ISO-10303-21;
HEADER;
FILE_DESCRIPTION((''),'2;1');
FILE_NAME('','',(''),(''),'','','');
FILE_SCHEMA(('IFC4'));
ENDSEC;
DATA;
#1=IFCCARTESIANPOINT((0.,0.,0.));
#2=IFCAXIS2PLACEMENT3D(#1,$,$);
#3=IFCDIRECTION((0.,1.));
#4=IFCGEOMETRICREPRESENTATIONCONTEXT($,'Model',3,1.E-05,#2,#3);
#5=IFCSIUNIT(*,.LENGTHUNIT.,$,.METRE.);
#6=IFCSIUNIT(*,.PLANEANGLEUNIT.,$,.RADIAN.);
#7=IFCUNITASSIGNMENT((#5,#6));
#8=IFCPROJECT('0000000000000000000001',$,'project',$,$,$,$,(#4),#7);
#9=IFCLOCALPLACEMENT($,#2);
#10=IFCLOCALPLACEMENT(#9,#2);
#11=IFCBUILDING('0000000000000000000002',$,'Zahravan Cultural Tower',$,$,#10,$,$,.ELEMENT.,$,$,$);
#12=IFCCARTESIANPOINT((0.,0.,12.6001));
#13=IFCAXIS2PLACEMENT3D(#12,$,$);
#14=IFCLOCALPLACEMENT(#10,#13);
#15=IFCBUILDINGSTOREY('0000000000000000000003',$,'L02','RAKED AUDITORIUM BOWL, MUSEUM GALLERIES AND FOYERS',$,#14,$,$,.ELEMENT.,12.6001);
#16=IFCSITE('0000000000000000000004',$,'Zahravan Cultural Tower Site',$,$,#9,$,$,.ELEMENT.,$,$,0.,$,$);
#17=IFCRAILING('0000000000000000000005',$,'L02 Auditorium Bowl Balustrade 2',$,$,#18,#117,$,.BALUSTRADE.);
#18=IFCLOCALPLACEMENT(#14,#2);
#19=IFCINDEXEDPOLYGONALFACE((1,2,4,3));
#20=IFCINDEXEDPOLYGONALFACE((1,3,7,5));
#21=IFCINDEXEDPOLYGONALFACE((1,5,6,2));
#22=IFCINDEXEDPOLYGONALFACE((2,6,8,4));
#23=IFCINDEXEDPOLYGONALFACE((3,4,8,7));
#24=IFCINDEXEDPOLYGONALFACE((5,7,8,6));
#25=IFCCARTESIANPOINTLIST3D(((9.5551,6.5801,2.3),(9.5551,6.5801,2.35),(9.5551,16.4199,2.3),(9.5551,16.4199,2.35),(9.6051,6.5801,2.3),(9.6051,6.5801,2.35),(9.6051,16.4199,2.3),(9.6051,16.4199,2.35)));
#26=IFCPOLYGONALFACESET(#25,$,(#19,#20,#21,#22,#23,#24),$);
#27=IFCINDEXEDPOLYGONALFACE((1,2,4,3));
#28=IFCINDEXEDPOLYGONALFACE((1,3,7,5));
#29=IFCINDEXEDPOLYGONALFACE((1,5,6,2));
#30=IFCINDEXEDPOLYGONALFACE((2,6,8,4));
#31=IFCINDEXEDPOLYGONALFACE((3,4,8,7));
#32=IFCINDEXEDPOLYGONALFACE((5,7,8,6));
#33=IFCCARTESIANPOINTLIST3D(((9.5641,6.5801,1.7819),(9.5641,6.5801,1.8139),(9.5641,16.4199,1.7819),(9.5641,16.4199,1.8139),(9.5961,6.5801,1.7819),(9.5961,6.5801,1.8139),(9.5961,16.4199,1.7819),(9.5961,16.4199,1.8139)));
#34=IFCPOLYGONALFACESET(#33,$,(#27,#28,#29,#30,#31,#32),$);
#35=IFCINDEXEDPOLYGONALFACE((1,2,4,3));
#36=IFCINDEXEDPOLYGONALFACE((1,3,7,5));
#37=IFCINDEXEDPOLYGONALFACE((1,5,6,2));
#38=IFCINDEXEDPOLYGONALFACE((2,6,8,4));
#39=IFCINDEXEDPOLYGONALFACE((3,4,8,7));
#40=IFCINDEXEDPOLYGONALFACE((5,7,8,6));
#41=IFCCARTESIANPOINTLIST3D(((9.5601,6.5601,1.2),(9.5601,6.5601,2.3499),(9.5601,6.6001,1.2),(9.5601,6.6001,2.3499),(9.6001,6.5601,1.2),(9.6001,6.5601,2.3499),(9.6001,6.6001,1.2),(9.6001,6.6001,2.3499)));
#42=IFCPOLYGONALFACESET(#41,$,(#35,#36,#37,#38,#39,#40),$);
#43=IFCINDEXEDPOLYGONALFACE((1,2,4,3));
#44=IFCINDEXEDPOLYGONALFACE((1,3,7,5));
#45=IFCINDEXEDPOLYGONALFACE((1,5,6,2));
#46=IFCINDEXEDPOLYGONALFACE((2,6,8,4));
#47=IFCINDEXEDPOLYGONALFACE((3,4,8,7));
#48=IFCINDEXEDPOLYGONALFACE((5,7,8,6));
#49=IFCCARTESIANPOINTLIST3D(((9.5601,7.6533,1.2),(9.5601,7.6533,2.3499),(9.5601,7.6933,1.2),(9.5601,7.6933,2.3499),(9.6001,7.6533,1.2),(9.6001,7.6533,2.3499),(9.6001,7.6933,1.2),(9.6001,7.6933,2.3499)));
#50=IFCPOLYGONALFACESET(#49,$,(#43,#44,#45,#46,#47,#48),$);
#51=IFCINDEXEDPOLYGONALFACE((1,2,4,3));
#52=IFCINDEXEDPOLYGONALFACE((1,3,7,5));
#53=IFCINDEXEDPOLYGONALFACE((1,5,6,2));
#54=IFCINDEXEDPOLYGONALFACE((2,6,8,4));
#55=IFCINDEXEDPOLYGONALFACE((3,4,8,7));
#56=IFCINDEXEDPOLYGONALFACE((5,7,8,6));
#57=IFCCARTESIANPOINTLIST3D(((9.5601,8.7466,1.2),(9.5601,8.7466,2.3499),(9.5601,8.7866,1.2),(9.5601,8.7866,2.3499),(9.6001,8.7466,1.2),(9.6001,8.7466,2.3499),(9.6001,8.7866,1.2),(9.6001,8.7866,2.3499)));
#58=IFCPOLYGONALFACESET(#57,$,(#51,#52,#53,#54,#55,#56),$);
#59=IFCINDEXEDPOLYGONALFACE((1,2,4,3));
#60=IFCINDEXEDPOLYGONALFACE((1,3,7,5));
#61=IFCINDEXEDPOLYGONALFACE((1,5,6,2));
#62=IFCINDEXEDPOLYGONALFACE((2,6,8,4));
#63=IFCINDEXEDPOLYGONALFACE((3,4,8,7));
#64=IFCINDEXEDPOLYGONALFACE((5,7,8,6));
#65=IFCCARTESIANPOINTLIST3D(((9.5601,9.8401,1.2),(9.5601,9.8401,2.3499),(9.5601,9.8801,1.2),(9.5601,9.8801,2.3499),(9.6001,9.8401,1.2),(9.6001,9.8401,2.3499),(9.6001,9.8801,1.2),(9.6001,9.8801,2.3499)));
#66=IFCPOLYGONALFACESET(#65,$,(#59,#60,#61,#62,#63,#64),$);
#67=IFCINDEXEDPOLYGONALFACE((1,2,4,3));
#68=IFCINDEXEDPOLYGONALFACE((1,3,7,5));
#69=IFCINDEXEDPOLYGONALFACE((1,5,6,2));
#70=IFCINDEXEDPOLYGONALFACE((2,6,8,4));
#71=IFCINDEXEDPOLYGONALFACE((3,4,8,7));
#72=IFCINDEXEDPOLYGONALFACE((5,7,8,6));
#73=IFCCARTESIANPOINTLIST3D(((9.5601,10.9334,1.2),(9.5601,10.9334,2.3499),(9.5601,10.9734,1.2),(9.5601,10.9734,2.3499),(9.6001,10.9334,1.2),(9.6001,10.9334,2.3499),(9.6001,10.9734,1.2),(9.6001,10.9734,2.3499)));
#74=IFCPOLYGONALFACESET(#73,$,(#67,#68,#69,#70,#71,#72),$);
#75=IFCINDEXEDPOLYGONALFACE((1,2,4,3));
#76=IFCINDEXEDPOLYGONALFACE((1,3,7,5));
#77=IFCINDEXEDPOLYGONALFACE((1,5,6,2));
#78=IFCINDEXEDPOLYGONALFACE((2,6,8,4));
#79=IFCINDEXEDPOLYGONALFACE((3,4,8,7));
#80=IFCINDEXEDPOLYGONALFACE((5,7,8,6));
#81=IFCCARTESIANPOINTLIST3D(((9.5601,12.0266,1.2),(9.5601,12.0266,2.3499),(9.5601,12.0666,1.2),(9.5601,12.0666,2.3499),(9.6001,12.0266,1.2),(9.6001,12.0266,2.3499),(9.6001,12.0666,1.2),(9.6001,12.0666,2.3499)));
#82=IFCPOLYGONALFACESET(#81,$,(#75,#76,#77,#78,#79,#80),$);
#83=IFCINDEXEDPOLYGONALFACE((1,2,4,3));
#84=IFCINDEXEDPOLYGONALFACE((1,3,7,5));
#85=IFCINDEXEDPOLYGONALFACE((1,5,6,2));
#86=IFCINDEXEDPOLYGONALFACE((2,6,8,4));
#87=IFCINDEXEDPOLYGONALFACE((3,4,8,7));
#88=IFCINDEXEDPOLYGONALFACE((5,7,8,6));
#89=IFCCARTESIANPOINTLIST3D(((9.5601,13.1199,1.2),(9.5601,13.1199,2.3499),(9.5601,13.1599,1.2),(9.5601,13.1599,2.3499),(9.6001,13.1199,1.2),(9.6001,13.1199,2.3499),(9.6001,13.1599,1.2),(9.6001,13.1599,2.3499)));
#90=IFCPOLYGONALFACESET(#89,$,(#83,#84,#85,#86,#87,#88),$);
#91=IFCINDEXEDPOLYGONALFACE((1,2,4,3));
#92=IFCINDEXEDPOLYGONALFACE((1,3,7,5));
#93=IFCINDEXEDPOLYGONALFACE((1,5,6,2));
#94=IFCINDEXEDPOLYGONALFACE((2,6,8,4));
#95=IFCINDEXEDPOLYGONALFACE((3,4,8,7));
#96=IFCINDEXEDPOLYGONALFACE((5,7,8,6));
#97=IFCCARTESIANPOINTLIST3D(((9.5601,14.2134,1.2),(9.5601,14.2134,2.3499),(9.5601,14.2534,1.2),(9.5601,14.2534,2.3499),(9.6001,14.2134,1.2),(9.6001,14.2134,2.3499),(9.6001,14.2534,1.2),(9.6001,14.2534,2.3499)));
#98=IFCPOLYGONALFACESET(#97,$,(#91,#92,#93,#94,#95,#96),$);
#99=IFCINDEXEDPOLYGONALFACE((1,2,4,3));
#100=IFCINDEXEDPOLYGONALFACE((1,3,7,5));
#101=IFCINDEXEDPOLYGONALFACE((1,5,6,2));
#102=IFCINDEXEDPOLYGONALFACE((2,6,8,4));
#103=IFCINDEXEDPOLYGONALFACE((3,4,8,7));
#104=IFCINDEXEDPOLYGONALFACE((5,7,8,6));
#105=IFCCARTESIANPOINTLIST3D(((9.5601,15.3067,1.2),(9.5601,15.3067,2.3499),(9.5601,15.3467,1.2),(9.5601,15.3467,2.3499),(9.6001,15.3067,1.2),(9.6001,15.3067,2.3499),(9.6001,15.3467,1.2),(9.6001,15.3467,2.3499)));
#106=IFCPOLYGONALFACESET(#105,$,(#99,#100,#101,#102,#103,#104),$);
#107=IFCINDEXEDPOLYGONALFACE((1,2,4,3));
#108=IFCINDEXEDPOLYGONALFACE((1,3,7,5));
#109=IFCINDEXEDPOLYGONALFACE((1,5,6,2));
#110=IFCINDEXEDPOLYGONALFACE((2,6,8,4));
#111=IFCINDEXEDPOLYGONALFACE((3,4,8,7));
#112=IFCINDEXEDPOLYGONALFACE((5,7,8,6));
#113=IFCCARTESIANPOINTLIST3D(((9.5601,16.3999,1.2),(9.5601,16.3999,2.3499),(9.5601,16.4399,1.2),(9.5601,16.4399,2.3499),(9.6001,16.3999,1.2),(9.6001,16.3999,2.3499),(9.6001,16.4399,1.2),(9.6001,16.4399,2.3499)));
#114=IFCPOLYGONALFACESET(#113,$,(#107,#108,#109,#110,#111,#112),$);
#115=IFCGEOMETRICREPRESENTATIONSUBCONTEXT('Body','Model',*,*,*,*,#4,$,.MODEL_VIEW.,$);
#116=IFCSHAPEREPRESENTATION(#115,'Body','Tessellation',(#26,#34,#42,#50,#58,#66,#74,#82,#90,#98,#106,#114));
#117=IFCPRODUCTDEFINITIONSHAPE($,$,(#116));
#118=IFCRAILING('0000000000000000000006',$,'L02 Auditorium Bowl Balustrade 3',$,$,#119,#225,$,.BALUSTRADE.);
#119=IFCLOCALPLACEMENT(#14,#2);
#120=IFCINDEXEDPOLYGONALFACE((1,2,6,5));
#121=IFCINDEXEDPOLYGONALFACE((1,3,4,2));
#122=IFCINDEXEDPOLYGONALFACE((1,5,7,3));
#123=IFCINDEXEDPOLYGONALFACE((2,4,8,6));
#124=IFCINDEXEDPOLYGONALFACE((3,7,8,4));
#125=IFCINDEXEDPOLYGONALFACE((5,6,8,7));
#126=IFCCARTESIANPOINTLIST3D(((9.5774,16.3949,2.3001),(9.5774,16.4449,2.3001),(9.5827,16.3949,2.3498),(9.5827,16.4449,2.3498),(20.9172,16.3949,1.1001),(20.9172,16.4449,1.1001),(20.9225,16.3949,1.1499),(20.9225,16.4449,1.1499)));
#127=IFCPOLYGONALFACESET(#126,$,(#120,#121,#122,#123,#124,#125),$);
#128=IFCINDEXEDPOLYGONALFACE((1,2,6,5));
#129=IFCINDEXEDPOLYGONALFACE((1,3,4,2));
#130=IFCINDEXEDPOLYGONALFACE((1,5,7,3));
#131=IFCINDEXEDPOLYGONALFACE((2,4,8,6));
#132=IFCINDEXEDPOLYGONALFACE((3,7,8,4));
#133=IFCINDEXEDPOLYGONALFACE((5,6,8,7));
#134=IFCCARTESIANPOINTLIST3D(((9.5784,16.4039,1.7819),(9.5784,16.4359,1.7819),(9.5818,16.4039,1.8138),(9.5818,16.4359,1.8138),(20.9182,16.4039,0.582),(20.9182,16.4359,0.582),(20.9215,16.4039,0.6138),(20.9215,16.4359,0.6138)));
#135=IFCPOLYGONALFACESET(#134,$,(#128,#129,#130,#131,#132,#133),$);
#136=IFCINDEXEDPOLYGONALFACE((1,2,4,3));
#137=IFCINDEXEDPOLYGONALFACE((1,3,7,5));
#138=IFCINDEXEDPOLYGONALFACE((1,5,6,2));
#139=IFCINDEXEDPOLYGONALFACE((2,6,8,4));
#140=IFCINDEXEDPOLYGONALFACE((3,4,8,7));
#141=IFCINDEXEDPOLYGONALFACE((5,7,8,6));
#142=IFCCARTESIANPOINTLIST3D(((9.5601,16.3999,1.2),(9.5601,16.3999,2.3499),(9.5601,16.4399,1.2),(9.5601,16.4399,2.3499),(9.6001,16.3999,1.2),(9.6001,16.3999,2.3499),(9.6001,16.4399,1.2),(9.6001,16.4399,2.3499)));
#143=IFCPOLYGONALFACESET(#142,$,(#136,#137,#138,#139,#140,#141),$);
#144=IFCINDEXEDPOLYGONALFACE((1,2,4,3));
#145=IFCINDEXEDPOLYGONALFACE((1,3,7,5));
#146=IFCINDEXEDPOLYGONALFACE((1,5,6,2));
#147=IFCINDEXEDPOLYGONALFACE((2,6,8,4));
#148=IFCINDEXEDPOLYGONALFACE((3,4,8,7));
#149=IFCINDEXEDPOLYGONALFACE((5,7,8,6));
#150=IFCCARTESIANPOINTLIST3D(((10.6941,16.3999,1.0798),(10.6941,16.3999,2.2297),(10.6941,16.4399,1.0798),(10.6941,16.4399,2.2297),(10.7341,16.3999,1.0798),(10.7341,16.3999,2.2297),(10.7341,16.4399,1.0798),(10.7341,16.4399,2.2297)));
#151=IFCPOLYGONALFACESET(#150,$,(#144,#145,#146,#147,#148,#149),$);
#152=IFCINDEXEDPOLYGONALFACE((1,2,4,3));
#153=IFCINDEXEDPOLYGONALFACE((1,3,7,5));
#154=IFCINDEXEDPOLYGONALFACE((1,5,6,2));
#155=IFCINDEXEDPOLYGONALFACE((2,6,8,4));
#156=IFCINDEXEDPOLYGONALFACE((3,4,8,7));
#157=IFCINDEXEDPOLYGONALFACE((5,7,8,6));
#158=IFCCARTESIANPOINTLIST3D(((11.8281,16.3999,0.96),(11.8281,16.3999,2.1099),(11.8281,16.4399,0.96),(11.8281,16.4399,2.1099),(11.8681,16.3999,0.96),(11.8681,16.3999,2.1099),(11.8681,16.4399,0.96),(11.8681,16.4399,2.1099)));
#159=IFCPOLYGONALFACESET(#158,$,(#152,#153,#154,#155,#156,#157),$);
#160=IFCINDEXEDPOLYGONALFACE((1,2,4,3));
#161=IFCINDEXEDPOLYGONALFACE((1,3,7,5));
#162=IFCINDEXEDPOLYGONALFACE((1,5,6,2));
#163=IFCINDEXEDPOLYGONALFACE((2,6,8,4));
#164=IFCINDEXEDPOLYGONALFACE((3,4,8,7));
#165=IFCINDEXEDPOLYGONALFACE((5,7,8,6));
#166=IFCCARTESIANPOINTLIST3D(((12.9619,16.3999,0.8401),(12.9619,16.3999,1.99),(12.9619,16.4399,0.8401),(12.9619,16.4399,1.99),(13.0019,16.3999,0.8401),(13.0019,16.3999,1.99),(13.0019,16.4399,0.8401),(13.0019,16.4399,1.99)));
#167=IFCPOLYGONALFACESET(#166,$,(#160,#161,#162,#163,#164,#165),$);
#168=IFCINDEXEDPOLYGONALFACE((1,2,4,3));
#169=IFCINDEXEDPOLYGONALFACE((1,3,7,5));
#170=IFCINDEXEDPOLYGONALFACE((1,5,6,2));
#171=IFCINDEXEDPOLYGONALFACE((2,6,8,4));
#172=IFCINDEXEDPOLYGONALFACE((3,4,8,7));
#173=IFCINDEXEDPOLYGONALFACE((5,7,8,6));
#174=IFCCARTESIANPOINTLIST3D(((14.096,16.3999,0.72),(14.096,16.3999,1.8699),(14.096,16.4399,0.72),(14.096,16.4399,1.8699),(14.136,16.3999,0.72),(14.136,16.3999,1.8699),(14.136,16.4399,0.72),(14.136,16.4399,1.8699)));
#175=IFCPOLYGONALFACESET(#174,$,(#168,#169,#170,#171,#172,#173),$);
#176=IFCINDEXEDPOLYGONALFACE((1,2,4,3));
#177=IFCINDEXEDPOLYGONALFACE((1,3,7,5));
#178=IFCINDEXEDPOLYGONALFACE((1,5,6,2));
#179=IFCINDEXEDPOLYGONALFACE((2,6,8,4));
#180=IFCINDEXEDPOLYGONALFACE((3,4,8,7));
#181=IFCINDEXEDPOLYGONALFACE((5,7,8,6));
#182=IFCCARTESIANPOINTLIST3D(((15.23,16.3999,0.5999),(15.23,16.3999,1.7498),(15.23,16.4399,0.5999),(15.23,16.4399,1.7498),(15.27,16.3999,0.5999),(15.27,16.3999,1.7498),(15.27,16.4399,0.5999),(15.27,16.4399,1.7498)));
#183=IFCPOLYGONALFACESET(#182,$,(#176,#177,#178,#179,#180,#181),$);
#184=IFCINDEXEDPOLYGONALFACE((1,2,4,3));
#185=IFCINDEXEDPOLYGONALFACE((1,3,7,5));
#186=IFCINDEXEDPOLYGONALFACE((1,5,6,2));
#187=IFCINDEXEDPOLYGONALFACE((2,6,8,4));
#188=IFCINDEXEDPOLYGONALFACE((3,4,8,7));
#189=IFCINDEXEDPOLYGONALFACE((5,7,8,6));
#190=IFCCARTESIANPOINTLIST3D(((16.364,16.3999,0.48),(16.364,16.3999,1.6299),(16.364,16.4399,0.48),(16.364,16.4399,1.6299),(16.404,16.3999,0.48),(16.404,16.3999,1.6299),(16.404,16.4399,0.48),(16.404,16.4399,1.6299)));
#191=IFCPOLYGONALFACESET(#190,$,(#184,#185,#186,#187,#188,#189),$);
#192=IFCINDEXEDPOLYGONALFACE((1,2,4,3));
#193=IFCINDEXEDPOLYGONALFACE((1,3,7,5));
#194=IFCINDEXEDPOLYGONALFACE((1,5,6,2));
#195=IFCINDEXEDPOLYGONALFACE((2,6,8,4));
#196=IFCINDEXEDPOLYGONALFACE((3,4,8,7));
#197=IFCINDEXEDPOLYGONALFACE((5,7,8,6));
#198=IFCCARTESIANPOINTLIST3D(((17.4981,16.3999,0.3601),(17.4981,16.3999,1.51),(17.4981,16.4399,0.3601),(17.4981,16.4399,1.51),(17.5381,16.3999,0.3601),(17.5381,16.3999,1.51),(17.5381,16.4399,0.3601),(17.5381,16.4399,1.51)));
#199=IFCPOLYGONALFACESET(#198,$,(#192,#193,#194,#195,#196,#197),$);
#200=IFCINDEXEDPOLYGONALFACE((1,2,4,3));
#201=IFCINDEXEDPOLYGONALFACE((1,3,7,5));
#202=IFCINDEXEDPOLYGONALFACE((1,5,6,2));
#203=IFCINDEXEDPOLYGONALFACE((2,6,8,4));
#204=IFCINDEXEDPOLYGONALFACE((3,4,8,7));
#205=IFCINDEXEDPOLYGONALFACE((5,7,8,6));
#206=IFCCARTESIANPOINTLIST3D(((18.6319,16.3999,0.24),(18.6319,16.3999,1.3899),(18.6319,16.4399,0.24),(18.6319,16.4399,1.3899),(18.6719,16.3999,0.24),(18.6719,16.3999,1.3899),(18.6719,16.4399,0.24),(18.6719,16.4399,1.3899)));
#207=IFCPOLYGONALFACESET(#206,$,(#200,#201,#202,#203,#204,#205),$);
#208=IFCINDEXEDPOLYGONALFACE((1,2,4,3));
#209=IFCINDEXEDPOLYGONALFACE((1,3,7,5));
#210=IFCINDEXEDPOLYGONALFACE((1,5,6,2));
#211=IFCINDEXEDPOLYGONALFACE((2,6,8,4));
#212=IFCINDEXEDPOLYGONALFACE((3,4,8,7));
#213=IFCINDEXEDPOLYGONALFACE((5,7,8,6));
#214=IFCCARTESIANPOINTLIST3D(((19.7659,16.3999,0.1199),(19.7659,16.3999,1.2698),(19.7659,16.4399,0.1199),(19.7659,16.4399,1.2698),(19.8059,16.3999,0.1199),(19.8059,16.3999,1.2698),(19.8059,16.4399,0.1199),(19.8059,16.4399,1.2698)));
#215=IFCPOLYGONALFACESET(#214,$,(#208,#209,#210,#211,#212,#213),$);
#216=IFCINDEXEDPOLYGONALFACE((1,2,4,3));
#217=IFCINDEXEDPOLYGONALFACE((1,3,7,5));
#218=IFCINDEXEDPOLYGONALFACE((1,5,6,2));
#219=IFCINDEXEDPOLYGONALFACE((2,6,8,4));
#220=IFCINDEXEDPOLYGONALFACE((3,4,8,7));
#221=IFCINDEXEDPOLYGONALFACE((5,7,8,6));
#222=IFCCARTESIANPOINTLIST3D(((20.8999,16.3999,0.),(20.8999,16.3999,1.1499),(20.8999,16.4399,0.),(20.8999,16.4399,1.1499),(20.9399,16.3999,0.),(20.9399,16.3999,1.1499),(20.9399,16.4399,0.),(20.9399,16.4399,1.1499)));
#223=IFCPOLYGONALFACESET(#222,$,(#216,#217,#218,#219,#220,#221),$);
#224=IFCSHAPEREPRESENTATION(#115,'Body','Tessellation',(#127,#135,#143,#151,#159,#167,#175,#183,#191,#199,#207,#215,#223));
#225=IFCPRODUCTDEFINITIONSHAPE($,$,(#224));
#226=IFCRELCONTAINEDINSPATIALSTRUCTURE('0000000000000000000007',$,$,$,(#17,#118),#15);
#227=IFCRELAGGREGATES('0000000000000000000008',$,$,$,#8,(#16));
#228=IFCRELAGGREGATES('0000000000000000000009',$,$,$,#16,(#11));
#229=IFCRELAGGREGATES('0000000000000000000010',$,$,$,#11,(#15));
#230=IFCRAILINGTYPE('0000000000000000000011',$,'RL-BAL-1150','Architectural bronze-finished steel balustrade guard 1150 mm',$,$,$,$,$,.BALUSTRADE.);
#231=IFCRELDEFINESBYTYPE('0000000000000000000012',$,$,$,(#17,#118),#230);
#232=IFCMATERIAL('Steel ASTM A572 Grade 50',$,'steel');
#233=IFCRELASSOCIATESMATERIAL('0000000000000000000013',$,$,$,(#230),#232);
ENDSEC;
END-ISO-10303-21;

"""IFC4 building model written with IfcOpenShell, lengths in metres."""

from ifc_helpers import new_model, si_unit, direction, frame, origin, origin_2d, place, context, subcontext, project, spatial, rectangle, extrude, material, type_object, element, save


model = new_model("IFC4")

# Units and contexts
model_context = context("Model", 3, precision=1e-05, world=origin(), true_north=direction((0.0, 1.0)))
body_context = subcontext(model_context, "Body", "Model", "MODEL_VIEW")
ifc_project = project(units=[si_unit("LENGTHUNIT", "METRE"), si_unit("PLANEANGLEUNIT", "RADIAN")], contexts=[model_context])

# Site, building, storey
site_placement = place(None, origin())
site = spatial("IfcSite", under=ifc_project, at=site_placement, Name="Zahravan Cultural Tower Site", CompositionType="ELEMENT", RefElevation=0.0)
building_placement = place(site_placement, origin())
building = spatial("IfcBuilding", under=site, at=building_placement, Name="Zahravan Cultural Tower", CompositionType="ELEMENT")
storey_placement = place(building_placement, frame((0.0, 0.0, 12.6001)))
storey = spatial("IfcBuildingStorey", under=building, at=storey_placement, Name="L02", Description="RAKED AUDITORIUM BOWL, MUSEUM GALLERIES AND FOYERS", CompositionType="ELEMENT", Elevation=12.6001)

# Railings
ifc_material_1 = material(Name="Steel ASTM A572 Grade 50", Category="steel")
railing_type_1 = type_object("IfcRailingType", Name="RL-BAL-1150", Description="Architectural bronze-finished steel balustrade guard 1150 mm", PredefinedType="BALUSTRADE", material=ifc_material_1)
railing_1_placement = place(storey_placement, frame((9.5801, 6.5801, 1.2)))
element("IfcRailing", 1, at=railing_1_placement, inside=storey, type_object=railing_type_1, Name="L02 Auditorium Bowl Balustrade 2", PredefinedType="BALUSTRADE", context=body_context, shape_type="SweptSolid", body=[
    extrude(rectangle(XDim=0.05, YDim=0.05, at=origin_2d()), frame((0.0, 0.0, 1.125), z_axis=(0.0, 1.0, 0.0), x_axis=(-1.0, 0.0, 0.0)), (0.0, 0.0, 1.0), 9.8398),
    extrude(rectangle(XDim=0.032, YDim=0.032, at=origin_2d()), frame((0.0, 0.0, 0.5979), z_axis=(0.0, 1.0, 0.0), x_axis=(-1.0, 0.0, 0.0)), (0.0, 0.0, 1.0), 9.8398),
    extrude(rectangle(XDim=0.04, YDim=0.04, at=origin_2d()), origin(), (0.0, 0.0, 1.0), 1.1499),
    extrude(rectangle(XDim=0.04, YDim=0.04, at=origin_2d()), frame((0.0, 1.0933, 0.0)), (0.0, 0.0, 1.0), 1.1499),
    extrude(rectangle(XDim=0.04, YDim=0.04, at=origin_2d()), frame((0.0, 2.1865, 0.0)), (0.0, 0.0, 1.0), 1.1499),
    extrude(rectangle(XDim=0.04, YDim=0.04, at=origin_2d()), frame((0.0, 3.28, 0.0)), (0.0, 0.0, 1.0), 1.1499),
    extrude(rectangle(XDim=0.04, YDim=0.04, at=origin_2d()), frame((0.0, 4.3733, 0.0)), (0.0, 0.0, 1.0), 1.1499),
    extrude(rectangle(XDim=0.04, YDim=0.04, at=origin_2d()), frame((0.0, 5.4666, 0.0)), (0.0, 0.0, 1.0), 1.1499),
    extrude(rectangle(XDim=0.04, YDim=0.04, at=origin_2d()), frame((0.0, 6.5598, 0.0)), (0.0, 0.0, 1.0), 1.1499),
    extrude(rectangle(XDim=0.04, YDim=0.04, at=origin_2d()), frame((0.0, 7.6533, 0.0)), (0.0, 0.0, 1.0), 1.1499),
    extrude(rectangle(XDim=0.04, YDim=0.04, at=origin_2d()), frame((0.0, 8.7466, 0.0)), (0.0, 0.0, 1.0), 1.1499),
    extrude(rectangle(XDim=0.04, YDim=0.04, at=origin_2d()), frame((0.0, 9.8398, 0.0)), (0.0, 0.0, 1.0), 1.1499),
])
railing_2_placement = place(storey_placement, frame((9.5801, 16.4199, 1.2)))
element("IfcRailing", 2, at=railing_2_placement, inside=storey, type_object=railing_type_1, Name="L02 Auditorium Bowl Balustrade 3", PredefinedType="BALUSTRADE", context=body_context, shape_type="SweptSolid", body=[
    extrude(rectangle(XDim=0.05, YDim=0.05, at=origin_2d()), frame((0.0, 0.0, 1.125), z_axis=(0.994448, 0.0, -0.10523), x_axis=(0.0, 1.0, 0.0)), (0.0, 0.0, 1.0), 11.4031),
    extrude(rectangle(XDim=0.032, YDim=0.032, at=origin_2d()), frame((0.0, 0.0, 0.5979), z_axis=(0.994448, 0.0, -0.10523), x_axis=(0.0, 1.0, 0.0)), (0.0, 0.0, 1.0), 11.4031),
    extrude(rectangle(XDim=0.04, YDim=0.04, at=origin_2d()), origin(), (0.0, 0.0, 1.0), 1.1499),
    extrude(rectangle(XDim=0.04, YDim=0.04, at=origin_2d()), frame((1.134, 0.0, -0.1201)), (0.0, 0.0, 1.0), 1.1499),
    extrude(rectangle(XDim=0.04, YDim=0.04, at=origin_2d()), frame((2.2681, 0.0, -0.24)), (0.0, 0.0, 1.0), 1.1499),
    extrude(rectangle(XDim=0.04, YDim=0.04, at=origin_2d()), frame((3.4019, 0.0, -0.3599)), (0.0, 0.0, 1.0), 1.1499),
    extrude(rectangle(XDim=0.04, YDim=0.04, at=origin_2d()), frame((4.5359, 0.0, -0.48)), (0.0, 0.0, 1.0), 1.1499),
    extrude(rectangle(XDim=0.04, YDim=0.04, at=origin_2d()), frame((5.6699, 0.0, -0.6001)), (0.0, 0.0, 1.0), 1.1499),
    extrude(rectangle(XDim=0.04, YDim=0.04, at=origin_2d()), frame((6.804, 0.0, -0.72)), (0.0, 0.0, 1.0), 1.1499),
    extrude(rectangle(XDim=0.04, YDim=0.04, at=origin_2d()), frame((7.938, 0.0, -0.8398)), (0.0, 0.0, 1.0), 1.1499),
    extrude(rectangle(XDim=0.04, YDim=0.04, at=origin_2d()), frame((9.0718, 0.0, -0.96)), (0.0, 0.0, 1.0), 1.1499),
    extrude(rectangle(XDim=0.04, YDim=0.04, at=origin_2d()), frame((10.2058, 0.0, -1.0801)), (0.0, 0.0, 1.0), 1.1499),
    extrude(rectangle(XDim=0.04, YDim=0.04, at=origin_2d()), frame((11.3398, 0.0, -1.2)), (0.0, 0.0, 1.0), 1.1499),
])

save(model, "model.ifc")
